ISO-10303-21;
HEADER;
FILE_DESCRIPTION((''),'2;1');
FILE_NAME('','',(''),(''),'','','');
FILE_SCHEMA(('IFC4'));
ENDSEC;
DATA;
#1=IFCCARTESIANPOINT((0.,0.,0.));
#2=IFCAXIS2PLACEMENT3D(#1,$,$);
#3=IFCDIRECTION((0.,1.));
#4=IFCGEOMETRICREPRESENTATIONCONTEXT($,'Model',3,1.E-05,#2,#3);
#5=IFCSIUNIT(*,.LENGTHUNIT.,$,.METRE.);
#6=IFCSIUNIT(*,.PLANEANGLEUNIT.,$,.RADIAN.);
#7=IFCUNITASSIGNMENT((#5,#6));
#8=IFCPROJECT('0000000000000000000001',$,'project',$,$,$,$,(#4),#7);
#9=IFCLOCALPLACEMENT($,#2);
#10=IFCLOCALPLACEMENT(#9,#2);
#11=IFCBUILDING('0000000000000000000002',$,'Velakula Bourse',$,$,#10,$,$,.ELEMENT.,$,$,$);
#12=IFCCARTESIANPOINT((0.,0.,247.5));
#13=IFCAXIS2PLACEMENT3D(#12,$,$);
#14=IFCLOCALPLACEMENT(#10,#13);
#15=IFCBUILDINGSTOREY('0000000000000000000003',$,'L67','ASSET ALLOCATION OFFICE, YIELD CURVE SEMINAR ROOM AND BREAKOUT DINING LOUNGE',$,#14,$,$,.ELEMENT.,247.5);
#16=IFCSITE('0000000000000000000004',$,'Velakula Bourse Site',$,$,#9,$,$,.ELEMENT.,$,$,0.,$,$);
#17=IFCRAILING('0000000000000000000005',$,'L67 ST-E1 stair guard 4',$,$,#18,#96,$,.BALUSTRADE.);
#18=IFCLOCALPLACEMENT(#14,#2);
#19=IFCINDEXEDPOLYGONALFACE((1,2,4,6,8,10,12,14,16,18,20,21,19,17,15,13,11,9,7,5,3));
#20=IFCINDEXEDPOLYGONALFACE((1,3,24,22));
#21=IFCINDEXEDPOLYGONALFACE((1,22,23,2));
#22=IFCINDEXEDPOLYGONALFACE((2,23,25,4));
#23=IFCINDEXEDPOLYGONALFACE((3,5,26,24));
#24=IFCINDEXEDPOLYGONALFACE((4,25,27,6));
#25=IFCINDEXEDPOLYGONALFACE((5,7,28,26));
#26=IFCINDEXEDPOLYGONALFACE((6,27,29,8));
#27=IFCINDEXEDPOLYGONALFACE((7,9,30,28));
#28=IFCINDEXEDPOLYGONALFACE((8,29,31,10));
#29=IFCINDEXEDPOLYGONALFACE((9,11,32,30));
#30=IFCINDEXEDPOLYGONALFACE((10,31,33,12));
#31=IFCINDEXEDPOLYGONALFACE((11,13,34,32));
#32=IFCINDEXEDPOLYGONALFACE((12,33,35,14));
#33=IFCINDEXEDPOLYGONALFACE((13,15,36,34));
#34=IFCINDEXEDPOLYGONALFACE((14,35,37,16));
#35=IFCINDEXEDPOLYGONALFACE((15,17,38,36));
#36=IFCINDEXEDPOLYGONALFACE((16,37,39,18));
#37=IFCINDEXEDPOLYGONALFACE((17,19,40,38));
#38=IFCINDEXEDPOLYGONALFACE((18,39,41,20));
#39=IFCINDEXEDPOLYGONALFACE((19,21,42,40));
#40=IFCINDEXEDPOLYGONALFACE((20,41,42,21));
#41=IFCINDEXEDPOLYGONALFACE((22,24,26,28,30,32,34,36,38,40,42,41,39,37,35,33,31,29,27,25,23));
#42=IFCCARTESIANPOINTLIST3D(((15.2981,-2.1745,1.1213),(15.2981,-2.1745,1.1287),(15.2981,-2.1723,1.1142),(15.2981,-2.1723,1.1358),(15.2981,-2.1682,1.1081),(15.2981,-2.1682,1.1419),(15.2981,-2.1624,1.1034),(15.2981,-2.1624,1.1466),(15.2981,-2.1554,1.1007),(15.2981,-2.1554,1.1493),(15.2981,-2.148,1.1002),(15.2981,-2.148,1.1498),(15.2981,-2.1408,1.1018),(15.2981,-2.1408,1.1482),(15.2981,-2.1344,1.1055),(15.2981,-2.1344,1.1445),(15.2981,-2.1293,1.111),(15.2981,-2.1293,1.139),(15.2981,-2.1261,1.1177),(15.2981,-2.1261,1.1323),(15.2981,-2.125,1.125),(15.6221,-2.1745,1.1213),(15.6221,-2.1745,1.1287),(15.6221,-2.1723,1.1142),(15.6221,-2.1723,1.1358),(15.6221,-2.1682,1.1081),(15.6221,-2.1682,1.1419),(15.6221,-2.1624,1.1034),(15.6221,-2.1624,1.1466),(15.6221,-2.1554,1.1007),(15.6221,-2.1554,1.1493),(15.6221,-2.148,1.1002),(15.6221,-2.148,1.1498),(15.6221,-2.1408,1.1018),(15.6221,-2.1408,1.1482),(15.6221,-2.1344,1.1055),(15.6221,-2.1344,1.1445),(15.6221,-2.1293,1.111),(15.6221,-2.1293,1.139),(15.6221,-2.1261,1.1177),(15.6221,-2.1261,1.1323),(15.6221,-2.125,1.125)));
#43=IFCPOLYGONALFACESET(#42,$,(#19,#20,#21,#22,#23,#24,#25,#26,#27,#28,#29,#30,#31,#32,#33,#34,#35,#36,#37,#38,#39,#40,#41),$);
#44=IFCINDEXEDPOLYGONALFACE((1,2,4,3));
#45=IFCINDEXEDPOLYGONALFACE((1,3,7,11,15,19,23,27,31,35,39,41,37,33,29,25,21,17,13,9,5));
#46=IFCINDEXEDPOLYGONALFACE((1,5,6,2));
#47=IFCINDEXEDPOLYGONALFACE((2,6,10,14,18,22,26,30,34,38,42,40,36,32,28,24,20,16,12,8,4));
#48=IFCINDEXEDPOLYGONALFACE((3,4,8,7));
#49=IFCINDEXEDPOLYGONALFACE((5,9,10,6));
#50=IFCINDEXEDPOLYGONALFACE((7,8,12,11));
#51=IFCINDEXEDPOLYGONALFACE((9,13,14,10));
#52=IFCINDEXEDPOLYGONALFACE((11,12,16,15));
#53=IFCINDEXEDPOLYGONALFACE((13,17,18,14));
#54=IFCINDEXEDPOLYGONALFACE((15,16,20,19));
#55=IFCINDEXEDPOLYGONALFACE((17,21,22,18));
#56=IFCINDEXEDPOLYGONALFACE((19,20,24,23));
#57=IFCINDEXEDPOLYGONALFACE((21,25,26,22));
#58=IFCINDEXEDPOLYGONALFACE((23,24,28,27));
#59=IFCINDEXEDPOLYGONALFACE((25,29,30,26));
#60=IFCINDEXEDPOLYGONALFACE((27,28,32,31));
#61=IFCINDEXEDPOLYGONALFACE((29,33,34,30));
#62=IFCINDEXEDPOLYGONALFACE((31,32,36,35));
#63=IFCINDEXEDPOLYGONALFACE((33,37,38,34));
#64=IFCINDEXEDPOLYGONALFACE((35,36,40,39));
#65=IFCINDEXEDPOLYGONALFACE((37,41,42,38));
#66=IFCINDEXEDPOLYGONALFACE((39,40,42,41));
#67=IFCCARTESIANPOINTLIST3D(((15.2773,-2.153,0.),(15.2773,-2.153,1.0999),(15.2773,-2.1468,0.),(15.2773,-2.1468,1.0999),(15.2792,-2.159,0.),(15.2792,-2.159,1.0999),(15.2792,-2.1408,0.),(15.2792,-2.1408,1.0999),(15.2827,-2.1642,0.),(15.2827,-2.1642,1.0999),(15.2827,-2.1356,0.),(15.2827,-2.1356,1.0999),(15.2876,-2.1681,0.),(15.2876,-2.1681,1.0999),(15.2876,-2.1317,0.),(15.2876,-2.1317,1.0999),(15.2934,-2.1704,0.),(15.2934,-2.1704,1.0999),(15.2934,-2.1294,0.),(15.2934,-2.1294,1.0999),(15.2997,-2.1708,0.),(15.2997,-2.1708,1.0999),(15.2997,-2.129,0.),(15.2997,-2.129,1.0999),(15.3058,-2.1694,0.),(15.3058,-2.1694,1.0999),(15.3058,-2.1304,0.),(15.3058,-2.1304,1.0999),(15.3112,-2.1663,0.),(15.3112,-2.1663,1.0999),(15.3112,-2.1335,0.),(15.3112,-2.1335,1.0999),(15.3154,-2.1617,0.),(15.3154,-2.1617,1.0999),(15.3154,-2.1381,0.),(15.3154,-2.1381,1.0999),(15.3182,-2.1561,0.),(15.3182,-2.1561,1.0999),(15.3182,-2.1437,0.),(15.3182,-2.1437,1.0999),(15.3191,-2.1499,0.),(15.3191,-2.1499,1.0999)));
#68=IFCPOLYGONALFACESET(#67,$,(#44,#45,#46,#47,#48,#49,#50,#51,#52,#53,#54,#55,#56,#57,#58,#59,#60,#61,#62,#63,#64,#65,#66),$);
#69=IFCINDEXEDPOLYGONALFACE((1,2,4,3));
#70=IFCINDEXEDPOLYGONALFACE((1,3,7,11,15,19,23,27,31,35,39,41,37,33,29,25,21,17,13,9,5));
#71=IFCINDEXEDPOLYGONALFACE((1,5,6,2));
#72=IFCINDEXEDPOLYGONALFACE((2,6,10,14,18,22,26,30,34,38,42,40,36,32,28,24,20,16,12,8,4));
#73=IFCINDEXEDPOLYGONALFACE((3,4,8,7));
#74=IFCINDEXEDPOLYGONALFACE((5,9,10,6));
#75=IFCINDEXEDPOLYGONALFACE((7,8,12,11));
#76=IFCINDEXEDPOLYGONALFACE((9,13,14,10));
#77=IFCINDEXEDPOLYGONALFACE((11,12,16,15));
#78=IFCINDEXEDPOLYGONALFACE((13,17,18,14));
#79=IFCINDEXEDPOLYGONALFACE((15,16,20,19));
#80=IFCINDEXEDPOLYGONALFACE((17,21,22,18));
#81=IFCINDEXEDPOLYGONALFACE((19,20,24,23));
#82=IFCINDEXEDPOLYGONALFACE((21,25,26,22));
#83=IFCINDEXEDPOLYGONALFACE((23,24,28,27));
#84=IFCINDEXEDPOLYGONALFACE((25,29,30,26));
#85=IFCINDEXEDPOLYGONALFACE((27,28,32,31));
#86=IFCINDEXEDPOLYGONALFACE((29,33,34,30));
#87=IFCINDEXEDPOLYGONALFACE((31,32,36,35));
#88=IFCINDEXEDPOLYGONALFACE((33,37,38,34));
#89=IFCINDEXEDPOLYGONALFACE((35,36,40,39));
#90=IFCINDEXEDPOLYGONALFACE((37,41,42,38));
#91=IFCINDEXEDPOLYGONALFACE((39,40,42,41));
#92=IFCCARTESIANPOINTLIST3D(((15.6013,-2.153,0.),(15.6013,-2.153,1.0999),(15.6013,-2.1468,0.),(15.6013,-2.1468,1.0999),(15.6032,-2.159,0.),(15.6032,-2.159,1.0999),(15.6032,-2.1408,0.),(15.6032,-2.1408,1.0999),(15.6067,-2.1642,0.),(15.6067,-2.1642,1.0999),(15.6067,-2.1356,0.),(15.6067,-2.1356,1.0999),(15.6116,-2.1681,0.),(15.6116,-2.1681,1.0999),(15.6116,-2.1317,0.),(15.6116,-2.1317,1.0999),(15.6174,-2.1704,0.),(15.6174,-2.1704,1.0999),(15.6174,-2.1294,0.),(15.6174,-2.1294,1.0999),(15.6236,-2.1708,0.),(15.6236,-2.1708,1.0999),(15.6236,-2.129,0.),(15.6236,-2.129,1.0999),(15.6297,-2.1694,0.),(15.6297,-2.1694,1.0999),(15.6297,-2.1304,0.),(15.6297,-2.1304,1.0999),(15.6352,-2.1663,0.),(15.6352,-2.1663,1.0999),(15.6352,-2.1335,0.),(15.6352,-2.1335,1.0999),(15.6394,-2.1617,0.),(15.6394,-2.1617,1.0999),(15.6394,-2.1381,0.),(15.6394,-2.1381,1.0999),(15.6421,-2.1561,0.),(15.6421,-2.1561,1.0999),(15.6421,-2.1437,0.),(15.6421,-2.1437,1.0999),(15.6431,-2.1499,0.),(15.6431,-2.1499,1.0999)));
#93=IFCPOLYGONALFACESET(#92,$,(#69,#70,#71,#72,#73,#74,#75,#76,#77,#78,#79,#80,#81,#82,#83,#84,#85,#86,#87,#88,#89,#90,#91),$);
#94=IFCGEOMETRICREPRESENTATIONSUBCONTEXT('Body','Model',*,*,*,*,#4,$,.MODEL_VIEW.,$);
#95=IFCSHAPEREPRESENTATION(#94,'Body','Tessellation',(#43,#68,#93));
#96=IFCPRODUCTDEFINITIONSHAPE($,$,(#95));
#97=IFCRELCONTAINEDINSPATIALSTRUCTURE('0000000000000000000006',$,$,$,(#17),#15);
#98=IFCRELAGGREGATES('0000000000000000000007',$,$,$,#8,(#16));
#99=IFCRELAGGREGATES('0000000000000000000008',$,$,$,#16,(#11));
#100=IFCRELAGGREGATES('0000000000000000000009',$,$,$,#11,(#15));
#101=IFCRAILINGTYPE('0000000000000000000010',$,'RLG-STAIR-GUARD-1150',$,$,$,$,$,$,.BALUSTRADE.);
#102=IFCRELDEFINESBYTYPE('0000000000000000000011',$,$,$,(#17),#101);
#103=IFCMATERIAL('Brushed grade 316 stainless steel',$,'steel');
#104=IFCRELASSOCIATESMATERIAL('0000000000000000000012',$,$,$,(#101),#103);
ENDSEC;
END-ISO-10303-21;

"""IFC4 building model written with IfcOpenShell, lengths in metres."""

from ifc_helpers import new_model, si_unit, direction, frame, origin, origin_2d, place, context, subcontext, project, spatial, circle, extrude, material, type_object, element, save


model = new_model("IFC4")

# Units and contexts
model_context = context("Model", 3, precision=1e-05, world=origin(), true_north=direction((0.0, 1.0)))
body_context = subcontext(model_context, "Body", "Model", "MODEL_VIEW")
ifc_project = project(units=[si_unit("LENGTHUNIT", "METRE"), si_unit("PLANEANGLEUNIT", "RADIAN")], contexts=[model_context])

# Site, building, storey
site_placement = place(None, origin())
site = spatial("IfcSite", under=ifc_project, at=site_placement, Name="Velakula Bourse Site", CompositionType="ELEMENT", RefElevation=0.0)
building_placement = place(site_placement, origin())
building = spatial("IfcBuilding", under=site, at=building_placement, Name="Velakula Bourse", CompositionType="ELEMENT")
storey_placement = place(building_placement, frame((0.0, 0.0, 247.5)))
storey = spatial("IfcBuildingStorey", under=building, at=storey_placement, Name="L67", Description="ASSET ALLOCATION OFFICE, YIELD CURVE SEMINAR ROOM AND BREAKOUT DINING LOUNGE", CompositionType="ELEMENT", Elevation=247.5)

# Shared definitions
ifc_material_1 = material(Name="Brushed grade 316 stainless steel", Category="steel")

# Railing
railing_type_1 = type_object("IfcRailingType", Name="RLG-STAIR-GUARD-1150", PredefinedType="BALUSTRADE", material=ifc_material_1)
railing_1_placement = place(storey_placement, frame((15.2981, -2.1499, 0.0)))
element("IfcRailing", 1, at=railing_1_placement, inside=storey, type_object=railing_type_1, Name="L67 ST-E1 stair guard 4", PredefinedType="BALUSTRADE", context=body_context, shape_type="SweptSolid", body=[
    extrude(circle(Radius=0.0249, at=origin_2d()), frame((0.0, 0.0, 1.125), z_axis=(1.0, 0.0, 0.0), x_axis=(0.0, 1.0, 0.0)), (0.0, 0.0, 1.0), 0.324),
    extrude(circle(Radius=0.021, at=origin_2d()), origin(), (0.0, 0.0, 1.0), 1.0999),
    extrude(circle(Radius=0.021, at=origin_2d()), frame((0.324, 0.0, 0.0)), (0.0, 0.0, 1.0), 1.0999),
])

save(model, "model.ifc")
